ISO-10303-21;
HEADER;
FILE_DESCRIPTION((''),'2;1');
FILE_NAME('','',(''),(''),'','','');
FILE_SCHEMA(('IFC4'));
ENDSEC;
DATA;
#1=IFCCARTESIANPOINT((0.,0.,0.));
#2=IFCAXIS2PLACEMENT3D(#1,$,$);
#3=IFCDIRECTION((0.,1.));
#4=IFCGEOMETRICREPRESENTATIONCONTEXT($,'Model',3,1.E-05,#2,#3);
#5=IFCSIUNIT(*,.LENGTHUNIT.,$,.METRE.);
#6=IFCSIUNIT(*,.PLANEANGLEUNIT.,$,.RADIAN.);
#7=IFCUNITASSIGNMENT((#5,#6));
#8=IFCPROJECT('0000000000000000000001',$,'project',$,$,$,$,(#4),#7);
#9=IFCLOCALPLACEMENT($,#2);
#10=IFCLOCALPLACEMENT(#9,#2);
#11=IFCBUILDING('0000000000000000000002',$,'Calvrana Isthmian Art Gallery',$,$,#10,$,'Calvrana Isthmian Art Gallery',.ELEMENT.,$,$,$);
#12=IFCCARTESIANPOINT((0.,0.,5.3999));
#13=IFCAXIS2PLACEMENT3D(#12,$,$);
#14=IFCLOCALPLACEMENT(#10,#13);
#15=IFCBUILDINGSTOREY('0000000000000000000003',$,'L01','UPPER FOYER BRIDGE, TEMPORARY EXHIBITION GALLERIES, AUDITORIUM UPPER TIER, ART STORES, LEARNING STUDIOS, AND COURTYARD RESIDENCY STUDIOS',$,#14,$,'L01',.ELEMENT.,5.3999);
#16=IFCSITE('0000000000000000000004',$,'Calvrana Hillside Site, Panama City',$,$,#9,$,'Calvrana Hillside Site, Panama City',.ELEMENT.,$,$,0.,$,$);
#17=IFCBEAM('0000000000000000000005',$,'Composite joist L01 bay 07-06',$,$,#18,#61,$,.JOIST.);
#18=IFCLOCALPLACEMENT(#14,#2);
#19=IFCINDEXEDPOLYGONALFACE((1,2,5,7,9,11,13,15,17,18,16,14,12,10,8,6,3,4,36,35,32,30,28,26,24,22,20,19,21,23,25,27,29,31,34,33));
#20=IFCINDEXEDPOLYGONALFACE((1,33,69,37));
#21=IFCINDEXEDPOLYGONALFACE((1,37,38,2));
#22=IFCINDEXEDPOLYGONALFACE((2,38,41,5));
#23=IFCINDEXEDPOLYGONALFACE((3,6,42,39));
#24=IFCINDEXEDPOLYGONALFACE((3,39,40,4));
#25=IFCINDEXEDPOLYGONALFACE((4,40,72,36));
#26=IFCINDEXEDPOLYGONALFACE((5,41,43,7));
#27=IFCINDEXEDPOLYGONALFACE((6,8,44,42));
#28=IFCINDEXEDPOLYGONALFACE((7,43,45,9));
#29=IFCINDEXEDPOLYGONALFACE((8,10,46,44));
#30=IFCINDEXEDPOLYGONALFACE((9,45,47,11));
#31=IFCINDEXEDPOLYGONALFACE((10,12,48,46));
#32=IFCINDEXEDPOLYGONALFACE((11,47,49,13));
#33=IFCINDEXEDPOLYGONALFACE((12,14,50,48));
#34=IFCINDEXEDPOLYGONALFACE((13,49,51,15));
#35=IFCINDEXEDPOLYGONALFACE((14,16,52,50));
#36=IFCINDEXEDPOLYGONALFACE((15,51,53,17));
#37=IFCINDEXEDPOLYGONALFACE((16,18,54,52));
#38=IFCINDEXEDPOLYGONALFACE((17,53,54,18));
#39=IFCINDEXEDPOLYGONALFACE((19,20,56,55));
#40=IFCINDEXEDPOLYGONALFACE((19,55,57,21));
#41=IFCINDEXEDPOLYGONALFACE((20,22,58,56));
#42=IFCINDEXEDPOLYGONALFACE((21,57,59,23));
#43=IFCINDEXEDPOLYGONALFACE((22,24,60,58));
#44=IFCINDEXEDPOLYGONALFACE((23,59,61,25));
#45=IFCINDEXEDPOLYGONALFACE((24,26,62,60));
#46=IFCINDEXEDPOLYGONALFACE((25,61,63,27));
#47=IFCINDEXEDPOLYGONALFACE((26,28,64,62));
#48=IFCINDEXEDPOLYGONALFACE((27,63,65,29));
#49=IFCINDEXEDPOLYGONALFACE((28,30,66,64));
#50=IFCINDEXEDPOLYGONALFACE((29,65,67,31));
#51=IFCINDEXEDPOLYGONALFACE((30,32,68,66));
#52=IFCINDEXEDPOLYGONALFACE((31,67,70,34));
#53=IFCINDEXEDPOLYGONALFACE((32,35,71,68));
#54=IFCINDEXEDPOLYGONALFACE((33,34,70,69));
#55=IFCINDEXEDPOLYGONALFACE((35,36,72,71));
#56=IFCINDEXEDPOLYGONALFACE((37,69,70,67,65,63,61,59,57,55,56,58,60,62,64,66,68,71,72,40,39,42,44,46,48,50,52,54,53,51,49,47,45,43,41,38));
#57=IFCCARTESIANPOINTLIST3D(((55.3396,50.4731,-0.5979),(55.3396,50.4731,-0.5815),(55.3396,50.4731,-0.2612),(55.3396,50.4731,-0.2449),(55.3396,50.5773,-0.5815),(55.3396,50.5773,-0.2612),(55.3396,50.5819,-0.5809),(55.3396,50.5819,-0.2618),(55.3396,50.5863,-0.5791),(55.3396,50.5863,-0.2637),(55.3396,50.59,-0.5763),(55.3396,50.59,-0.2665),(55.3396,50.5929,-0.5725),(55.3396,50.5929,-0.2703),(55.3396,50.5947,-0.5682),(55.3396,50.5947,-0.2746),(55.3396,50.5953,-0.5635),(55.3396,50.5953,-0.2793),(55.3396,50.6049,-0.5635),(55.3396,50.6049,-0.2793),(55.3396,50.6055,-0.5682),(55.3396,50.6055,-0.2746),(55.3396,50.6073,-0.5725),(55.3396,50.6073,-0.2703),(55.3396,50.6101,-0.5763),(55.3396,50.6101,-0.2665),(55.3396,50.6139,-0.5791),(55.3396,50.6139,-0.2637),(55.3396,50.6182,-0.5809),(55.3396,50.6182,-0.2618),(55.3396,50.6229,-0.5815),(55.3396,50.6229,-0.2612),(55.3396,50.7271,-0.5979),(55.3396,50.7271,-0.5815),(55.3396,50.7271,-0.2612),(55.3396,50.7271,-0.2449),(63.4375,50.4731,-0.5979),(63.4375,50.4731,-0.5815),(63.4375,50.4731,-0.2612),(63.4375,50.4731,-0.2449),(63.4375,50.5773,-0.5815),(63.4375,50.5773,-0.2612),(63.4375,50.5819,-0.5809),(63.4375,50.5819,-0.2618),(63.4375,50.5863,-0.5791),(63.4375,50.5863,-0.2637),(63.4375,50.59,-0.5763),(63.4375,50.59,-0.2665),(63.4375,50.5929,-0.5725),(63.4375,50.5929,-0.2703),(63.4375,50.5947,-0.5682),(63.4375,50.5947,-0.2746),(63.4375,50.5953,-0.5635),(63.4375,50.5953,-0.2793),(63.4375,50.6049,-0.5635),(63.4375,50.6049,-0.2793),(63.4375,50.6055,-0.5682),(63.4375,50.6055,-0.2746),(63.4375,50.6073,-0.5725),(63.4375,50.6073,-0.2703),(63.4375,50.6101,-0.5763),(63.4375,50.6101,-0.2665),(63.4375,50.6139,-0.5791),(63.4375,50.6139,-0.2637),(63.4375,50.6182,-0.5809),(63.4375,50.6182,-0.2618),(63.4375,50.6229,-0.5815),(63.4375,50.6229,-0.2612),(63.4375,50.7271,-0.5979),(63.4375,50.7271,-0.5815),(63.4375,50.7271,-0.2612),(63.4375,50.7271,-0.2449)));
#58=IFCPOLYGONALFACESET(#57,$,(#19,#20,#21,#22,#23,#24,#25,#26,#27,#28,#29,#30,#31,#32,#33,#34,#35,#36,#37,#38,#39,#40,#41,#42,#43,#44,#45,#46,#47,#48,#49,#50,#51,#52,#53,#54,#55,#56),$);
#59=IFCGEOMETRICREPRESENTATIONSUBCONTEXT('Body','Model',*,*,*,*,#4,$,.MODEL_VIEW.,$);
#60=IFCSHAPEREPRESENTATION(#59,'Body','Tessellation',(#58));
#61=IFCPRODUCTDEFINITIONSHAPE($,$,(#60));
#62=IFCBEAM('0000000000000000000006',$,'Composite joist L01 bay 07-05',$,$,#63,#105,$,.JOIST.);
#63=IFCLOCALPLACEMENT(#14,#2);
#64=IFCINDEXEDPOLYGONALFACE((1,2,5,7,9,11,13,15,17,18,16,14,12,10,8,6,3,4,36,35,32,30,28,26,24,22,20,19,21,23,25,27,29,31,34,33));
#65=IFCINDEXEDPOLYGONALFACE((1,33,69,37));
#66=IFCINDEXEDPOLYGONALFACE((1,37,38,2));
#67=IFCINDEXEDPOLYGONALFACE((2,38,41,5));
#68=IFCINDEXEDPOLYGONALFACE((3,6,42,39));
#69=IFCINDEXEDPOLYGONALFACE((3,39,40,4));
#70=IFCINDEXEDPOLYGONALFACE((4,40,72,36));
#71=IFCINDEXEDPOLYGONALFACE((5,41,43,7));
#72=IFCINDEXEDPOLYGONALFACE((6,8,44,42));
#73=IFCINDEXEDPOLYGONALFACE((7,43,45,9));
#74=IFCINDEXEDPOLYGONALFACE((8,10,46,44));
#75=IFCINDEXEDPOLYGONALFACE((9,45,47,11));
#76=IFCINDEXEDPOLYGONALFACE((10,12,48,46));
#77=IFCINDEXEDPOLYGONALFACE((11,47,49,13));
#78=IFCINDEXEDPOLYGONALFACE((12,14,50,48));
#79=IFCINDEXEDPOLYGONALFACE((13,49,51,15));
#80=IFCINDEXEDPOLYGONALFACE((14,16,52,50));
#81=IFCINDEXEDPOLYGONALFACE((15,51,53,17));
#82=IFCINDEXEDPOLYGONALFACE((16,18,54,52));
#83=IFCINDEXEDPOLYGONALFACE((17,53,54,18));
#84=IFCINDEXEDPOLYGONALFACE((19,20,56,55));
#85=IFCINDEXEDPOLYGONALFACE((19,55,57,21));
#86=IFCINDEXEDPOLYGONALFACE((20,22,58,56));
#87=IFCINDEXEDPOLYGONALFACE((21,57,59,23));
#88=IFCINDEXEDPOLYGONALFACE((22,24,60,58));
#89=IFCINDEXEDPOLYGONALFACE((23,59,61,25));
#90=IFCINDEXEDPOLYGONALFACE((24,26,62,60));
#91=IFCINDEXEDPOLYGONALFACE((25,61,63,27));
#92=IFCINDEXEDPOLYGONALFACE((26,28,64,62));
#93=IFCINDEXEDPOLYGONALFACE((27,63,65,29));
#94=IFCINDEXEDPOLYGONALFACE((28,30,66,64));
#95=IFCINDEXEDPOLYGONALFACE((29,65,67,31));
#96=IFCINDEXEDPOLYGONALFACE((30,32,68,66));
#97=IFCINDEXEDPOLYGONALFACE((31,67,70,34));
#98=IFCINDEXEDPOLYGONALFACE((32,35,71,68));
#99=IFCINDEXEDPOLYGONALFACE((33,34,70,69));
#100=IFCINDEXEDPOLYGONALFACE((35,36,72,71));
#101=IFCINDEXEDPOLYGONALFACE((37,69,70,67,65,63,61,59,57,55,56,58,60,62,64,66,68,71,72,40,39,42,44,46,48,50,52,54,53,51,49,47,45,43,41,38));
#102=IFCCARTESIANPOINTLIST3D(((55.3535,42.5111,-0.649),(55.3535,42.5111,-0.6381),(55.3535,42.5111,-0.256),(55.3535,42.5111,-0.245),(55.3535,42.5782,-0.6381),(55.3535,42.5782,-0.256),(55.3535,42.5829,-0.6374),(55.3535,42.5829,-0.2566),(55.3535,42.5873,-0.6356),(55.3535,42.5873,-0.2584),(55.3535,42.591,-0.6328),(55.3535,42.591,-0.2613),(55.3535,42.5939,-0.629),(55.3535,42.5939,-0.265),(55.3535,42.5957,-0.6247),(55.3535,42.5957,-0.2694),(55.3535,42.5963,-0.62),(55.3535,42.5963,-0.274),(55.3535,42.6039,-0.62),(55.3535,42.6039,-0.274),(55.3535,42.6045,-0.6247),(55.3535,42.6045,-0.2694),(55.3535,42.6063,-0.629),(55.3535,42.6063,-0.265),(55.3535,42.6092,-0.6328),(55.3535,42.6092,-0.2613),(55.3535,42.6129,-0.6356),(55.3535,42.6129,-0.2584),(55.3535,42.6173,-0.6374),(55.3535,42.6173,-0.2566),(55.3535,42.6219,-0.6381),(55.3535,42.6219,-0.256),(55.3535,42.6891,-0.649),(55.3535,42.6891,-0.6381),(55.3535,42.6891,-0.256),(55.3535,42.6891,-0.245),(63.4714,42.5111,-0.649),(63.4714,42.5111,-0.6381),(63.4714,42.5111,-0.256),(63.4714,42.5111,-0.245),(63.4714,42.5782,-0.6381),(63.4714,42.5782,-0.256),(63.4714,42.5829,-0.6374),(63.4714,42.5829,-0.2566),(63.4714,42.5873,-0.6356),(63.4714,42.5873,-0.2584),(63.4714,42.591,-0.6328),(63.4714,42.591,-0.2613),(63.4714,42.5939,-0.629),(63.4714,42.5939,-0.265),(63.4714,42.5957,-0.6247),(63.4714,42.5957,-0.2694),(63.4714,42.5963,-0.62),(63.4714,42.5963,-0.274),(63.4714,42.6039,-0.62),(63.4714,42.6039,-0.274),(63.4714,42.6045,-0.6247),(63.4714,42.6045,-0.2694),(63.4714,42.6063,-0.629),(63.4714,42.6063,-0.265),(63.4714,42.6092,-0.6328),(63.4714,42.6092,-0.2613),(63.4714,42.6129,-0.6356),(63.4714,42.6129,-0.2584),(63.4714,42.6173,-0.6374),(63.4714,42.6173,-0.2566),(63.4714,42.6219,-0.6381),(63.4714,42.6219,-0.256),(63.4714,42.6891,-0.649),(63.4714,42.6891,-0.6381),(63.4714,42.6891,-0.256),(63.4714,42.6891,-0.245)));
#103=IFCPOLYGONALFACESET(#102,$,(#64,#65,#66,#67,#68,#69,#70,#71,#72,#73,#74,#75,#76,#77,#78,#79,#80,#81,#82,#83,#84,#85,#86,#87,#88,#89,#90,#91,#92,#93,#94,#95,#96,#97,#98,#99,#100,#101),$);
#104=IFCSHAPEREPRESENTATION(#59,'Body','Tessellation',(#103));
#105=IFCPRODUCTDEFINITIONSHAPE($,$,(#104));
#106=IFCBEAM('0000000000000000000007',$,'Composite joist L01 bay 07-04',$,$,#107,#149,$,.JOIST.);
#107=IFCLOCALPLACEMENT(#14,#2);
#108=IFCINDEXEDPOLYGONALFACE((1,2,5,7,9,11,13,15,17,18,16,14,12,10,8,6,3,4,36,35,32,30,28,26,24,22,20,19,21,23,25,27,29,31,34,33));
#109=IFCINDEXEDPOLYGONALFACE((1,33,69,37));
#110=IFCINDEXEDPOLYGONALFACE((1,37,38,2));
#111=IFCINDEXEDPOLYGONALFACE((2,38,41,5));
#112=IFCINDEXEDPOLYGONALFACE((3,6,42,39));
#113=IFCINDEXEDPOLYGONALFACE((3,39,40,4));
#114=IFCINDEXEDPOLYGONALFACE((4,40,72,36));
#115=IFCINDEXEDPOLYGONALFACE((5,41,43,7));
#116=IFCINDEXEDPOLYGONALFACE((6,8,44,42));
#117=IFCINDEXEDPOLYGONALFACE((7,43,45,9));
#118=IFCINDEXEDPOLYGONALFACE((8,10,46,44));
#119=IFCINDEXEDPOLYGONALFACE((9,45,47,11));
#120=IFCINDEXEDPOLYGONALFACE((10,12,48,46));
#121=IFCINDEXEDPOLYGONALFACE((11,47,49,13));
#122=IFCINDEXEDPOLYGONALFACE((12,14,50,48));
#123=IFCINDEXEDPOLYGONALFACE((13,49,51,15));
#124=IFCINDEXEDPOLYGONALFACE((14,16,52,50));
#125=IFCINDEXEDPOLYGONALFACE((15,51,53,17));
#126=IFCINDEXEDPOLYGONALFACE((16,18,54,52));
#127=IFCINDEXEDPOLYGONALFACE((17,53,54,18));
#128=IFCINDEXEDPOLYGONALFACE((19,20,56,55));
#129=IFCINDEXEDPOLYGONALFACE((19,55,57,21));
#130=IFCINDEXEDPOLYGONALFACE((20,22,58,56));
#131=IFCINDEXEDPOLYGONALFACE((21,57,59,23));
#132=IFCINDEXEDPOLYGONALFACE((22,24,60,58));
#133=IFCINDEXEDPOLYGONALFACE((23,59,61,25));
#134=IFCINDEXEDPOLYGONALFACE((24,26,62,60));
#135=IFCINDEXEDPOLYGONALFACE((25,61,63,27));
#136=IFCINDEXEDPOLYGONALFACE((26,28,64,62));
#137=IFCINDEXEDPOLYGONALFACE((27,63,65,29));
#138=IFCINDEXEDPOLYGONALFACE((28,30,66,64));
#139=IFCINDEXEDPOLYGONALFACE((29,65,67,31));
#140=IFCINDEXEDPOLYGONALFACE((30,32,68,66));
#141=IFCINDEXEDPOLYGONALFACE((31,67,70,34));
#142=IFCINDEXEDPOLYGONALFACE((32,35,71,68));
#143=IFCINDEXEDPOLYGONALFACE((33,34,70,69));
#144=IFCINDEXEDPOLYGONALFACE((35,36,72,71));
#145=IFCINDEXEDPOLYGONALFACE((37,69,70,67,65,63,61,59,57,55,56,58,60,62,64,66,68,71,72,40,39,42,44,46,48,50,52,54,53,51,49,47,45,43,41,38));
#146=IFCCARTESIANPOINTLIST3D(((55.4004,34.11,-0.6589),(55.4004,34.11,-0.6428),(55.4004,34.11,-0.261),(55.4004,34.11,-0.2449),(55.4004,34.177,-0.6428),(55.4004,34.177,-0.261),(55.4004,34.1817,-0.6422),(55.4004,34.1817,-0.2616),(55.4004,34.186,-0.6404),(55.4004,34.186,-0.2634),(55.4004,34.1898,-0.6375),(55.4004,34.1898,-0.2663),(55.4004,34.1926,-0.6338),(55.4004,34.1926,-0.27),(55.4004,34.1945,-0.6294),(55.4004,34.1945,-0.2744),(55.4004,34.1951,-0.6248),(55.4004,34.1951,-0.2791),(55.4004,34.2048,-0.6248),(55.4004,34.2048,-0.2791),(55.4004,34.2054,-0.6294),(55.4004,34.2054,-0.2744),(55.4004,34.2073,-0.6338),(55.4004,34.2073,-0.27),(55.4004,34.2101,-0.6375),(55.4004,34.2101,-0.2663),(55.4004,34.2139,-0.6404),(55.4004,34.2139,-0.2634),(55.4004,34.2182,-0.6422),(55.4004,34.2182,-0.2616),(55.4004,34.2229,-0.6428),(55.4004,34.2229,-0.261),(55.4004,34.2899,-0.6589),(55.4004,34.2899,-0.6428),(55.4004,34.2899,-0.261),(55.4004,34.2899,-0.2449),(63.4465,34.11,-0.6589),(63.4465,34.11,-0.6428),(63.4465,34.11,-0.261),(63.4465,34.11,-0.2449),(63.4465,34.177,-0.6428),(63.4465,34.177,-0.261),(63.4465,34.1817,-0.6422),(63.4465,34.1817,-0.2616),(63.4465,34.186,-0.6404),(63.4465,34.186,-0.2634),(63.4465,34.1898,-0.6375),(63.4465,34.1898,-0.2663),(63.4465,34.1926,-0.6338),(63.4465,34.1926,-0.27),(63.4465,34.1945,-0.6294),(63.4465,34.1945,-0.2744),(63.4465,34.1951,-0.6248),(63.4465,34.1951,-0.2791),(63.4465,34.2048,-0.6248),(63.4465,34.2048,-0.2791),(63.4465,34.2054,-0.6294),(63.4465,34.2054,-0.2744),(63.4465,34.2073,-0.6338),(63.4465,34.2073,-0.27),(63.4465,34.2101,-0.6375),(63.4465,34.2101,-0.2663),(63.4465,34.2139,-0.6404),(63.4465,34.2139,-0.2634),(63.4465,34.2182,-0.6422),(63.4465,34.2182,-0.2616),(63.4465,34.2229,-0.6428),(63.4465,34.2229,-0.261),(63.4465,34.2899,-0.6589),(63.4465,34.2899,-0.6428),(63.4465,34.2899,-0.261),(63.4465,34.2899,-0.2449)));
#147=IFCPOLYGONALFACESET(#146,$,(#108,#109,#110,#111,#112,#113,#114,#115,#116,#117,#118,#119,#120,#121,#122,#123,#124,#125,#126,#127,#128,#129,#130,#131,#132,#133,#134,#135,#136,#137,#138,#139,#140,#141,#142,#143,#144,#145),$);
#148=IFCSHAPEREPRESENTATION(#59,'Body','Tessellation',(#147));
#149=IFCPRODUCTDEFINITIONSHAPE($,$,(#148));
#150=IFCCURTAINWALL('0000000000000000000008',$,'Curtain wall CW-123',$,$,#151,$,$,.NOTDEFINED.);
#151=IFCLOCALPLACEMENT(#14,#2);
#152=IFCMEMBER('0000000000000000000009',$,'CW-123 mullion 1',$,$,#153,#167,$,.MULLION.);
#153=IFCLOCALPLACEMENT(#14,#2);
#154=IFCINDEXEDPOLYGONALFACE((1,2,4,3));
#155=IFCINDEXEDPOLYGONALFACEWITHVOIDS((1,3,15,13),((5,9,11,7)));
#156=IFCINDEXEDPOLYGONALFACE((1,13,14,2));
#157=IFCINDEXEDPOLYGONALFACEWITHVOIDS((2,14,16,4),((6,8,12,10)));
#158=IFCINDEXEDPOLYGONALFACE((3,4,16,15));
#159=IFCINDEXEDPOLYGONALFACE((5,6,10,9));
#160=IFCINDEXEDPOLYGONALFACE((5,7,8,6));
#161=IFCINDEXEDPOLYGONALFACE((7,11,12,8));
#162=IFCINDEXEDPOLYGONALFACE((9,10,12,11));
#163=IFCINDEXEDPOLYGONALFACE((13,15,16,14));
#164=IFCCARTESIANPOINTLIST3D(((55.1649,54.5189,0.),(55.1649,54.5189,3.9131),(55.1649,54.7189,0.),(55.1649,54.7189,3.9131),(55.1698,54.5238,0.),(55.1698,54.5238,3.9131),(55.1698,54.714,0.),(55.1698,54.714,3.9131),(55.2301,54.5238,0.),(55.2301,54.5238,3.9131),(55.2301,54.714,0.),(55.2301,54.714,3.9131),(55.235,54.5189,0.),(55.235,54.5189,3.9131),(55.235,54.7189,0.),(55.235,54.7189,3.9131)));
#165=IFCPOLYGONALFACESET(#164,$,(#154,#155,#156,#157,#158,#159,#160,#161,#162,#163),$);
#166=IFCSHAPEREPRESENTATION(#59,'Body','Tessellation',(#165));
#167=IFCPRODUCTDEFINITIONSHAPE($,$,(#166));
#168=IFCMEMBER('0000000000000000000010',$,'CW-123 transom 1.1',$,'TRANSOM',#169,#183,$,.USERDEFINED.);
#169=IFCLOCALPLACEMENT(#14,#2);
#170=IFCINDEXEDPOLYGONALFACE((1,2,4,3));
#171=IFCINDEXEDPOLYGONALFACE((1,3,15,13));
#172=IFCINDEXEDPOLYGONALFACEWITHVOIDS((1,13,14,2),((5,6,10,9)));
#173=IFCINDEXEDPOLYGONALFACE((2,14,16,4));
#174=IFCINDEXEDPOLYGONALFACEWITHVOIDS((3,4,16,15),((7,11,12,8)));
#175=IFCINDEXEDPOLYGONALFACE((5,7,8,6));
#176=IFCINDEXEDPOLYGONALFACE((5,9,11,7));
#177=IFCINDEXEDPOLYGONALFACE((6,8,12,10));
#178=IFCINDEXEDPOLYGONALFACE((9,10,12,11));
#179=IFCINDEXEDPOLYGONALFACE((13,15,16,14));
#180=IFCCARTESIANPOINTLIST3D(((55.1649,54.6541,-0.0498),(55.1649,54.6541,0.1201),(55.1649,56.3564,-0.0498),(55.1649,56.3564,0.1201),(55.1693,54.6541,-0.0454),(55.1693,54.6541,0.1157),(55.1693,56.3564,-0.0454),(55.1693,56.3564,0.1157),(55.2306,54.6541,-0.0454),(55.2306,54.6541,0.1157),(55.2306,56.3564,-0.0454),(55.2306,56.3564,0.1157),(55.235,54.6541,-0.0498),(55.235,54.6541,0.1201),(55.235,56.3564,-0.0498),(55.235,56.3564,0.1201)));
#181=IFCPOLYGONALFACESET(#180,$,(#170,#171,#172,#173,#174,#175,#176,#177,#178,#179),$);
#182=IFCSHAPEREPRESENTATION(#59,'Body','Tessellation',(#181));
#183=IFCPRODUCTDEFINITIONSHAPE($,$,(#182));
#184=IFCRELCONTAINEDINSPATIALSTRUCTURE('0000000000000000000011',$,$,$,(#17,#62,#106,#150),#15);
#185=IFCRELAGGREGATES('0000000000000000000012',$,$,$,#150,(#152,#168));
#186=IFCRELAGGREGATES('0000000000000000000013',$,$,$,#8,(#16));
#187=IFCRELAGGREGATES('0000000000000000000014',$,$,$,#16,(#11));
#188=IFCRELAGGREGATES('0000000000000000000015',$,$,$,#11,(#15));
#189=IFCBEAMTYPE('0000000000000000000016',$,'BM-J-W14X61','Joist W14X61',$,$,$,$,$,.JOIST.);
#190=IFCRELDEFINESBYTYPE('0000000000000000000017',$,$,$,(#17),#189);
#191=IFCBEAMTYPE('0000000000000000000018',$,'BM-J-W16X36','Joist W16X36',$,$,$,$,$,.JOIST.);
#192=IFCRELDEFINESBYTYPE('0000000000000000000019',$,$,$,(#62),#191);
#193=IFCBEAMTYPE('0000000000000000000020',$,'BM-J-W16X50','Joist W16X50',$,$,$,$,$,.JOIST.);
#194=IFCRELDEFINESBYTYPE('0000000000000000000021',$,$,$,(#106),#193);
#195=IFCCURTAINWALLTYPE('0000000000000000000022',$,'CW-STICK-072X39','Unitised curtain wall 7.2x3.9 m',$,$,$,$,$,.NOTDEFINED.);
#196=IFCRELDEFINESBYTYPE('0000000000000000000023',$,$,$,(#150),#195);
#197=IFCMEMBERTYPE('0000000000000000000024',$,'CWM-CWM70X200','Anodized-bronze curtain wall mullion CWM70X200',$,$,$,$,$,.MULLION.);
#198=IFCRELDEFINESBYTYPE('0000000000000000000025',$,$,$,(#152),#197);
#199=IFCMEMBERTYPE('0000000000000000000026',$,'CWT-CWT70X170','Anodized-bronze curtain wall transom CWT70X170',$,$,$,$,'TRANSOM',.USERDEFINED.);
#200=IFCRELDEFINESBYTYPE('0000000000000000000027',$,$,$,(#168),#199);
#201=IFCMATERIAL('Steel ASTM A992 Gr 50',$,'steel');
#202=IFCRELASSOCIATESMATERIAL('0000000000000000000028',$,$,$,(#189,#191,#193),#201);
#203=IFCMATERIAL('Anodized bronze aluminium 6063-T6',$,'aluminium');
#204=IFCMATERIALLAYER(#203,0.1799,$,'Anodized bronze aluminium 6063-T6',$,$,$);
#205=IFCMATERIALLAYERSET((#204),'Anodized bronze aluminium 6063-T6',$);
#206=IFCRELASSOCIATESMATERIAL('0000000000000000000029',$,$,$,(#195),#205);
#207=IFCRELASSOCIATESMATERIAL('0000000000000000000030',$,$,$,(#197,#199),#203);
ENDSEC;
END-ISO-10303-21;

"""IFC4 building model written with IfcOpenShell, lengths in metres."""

from ifc_helpers import new_model, si_unit, direction, frame, origin, origin_2d, place, context, subcontext, project, spatial, hollow_rectangle, i_section, extrude, material, layer, layer_set, material_profile, profile_set, type_object, element, aggregate, save


model = new_model("IFC4")

# Units and contexts
model_context = context("Model", 3, precision=1e-05, world=origin(), true_north=direction((0.0, 1.0)))
body_context = subcontext(model_context, "Body", "Model", "MODEL_VIEW")
ifc_project = project(units=[si_unit("LENGTHUNIT", "METRE"), si_unit("PLANEANGLEUNIT", "RADIAN")], contexts=[model_context])

# Site, building, storey
site_placement = place(None, origin())
site = spatial("IfcSite", under=ifc_project, at=site_placement, Name="Calvrana Hillside Site, Panama City", LongName="Calvrana Hillside Site, Panama City", CompositionType="ELEMENT", RefElevation=0.0)
building_placement = place(site_placement, origin())
building = spatial("IfcBuilding", under=site, at=building_placement, Name="Calvrana Isthmian Art Gallery", LongName="Calvrana Isthmian Art Gallery", CompositionType="ELEMENT")
storey_placement = place(building_placement, frame((0.0, 0.0, 5.3999)))
storey = spatial("IfcBuildingStorey", under=building, at=storey_placement, Name="L01", Description="UPPER FOYER BRIDGE, TEMPORARY EXHIBITION GALLERIES, AUDITORIUM UPPER TIER, ART STORES, LEARNING STUDIOS, AND COURTYARD RESIDENCY STUDIOS", LongName="L01", CompositionType="ELEMENT", Elevation=5.3999)

# Shared definitions
ifc_material_1 = material(Name="Steel ASTM A992 Gr 50", Category="steel")

# Beams
ifc_material_profile_1 = material_profile(ifc_material_1, i_section(OverallWidth=0.2539, OverallDepth=0.353, WebThickness=0.0095, FlangeThickness=0.0164, FilletRadius=0.0181, at=origin_2d()), Name="W14X61")
ifc_profile_set_1 = profile_set([ifc_material_profile_1], Name="Steel ASTM A992 Gr 50")
beam_type_1 = type_object("IfcBeamType", Name="BM-J-W14X61", Description="Joist W14X61", PredefinedType="JOIST", material=ifc_profile_set_1)
beam_1_placement = place(storey_placement, frame((55.3396, 50.6001, -0.4214), z_axis=(1.0, 0.0, 0.0), x_axis=(0.0, 1.0, 0.0)))
element("IfcBeam", 1, at=beam_1_placement, inside=storey, type_object=beam_type_1, Name="Composite joist L01 bay 07-06", PredefinedType="JOIST", context=body_context, shape_type="SweptSolid", body=[
    extrude(i_section(OverallWidth=0.2539, OverallDepth=0.353, WebThickness=0.0095, FlangeThickness=0.0164, FilletRadius=0.0181, at=origin_2d()), origin(), (0.0, 0.0, 1.0), 8.0979),
])
ifc_material_profile_2 = material_profile(ifc_material_1, i_section(OverallWidth=0.178, OverallDepth=0.4041, WebThickness=0.0076, FlangeThickness=0.011, FilletRadius=0.0181, at=origin_2d()), Name="W16X36")
ifc_profile_set_2 = profile_set([ifc_material_profile_2], Name="Steel ASTM A992 Gr 50")
beam_type_2 = type_object("IfcBeamType", Name="BM-J-W16X36", Description="Joist W16X36", PredefinedType="JOIST", material=ifc_profile_set_2)
beam_2_placement = place(storey_placement, frame((55.3535, 42.6001, -0.447), z_axis=(1.0, 0.0, 0.0), x_axis=(0.0, 1.0, 0.0)))
element("IfcBeam", 2, at=beam_2_placement, inside=storey, type_object=beam_type_2, Name="Composite joist L01 bay 07-05", PredefinedType="JOIST", context=body_context, shape_type="SweptSolid", body=[
    extrude(i_section(OverallWidth=0.178, OverallDepth=0.4041, WebThickness=0.0076, FlangeThickness=0.011, FilletRadius=0.0181, at=origin_2d()), origin(), (0.0, 0.0, 1.0), 8.1179),
])
ifc_material_profile_3 = material_profile(ifc_material_1, i_section(OverallWidth=0.1799, OverallDepth=0.4141, WebThickness=0.0098, FlangeThickness=0.0161, FilletRadius=0.0181, at=origin_2d()), Name="W16X50")
ifc_profile_set_3 = profile_set([ifc_material_profile_3], Name="Steel ASTM A992 Gr 50")
beam_type_3 = type_object("IfcBeamType", Name="BM-J-W16X50", Description="Joist W16X50", PredefinedType="JOIST", material=ifc_profile_set_3)
beam_3_placement = place(storey_placement, frame((55.4004, 34.2, -0.4519), z_axis=(1.0, 0.0, 0.0), x_axis=(0.0, 1.0, 0.0)))
element("IfcBeam", 3, at=beam_3_placement, inside=storey, type_object=beam_type_3, Name="Composite joist L01 bay 07-04", PredefinedType="JOIST", context=body_context, shape_type="SweptSolid", body=[
    extrude(i_section(OverallWidth=0.1799, OverallDepth=0.4141, WebThickness=0.0098, FlangeThickness=0.0161, FilletRadius=0.0181, at=origin_2d()), origin(), (0.0, 0.0, 1.0), 8.0461),
])

# Curtain wall, members
ifc_material_2 = material(Name="Anodized bronze aluminium 6063-T6", Category="aluminium")
ifc_layer_1 = layer(ifc_material_2, 0.1799, Name="Anodized bronze aluminium 6063-T6")
ifc_layer_set_1 = layer_set([ifc_layer_1], Name="Anodized bronze aluminium 6063-T6")
curtain_wall_type = type_object("IfcCurtainWallType", Name="CW-STICK-072X39", Description="Unitised curtain wall 7.2x3.9 m", PredefinedType="NOTDEFINED", material=ifc_layer_set_1)
curtain_wall_placement = place(storey_placement, origin())
curtain_wall = element("IfcCurtainWall", 4, at=curtain_wall_placement, inside=storey, type_object=curtain_wall_type, Name="Curtain wall CW-123", PredefinedType="NOTDEFINED")
ifc_material_profile_4 = material_profile(ifc_material_2, hollow_rectangle(XDim=0.0701, YDim=0.2, WallThickness=0.0049, at=origin_2d()), Name="CWM70X200")
ifc_profile_set_4 = profile_set([ifc_material_profile_4], Name="Anodized bronze aluminium 6063-T6")
member_type_1 = type_object("IfcMemberType", Name="CWM-CWM70X200", Description="Anodized-bronze curtain wall mullion CWM70X200", PredefinedType="MULLION", material=ifc_profile_set_4)
member_1_placement = place(storey_placement, frame((55.2, 54.6189, 0.0), z_axis=(0.0, 0.0, 1.0), x_axis=(-1.0, 0.0, 0.0)))
member_1 = element("IfcMember", 5, at=member_1_placement, type_object=member_type_1, Name="CW-123 mullion 1", PredefinedType="MULLION", context=body_context, shape_type="SweptSolid", body=[
    extrude(hollow_rectangle(XDim=0.0701, YDim=0.2, WallThickness=0.0049, at=origin_2d()), origin(), (0.0, 0.0, 1.0), 3.9131),
])
ifc_material_profile_5 = material_profile(ifc_material_2, hollow_rectangle(XDim=0.0701, YDim=0.1699, WallThickness=0.0044, at=origin_2d()), Name="CWT70X170")
ifc_profile_set_5 = profile_set([ifc_material_profile_5], Name="Anodized bronze aluminium 6063-T6")
member_type_2 = type_object("IfcMemberType", Name="CWT-CWT70X170", Description="Anodized-bronze curtain wall transom CWT70X170", ElementType="TRANSOM", PredefinedType="USERDEFINED", material=ifc_profile_set_5)
member_2_placement = place(storey_placement, frame((55.2, 54.6541, 0.0352), z_axis=(0.0, 1.0, 0.0), x_axis=(-1.0, 0.0, 0.0)))
member_2 = element("IfcMember", 6, at=member_2_placement, type_object=member_type_2, Name="CW-123 transom 1.1", ObjectType="TRANSOM", PredefinedType="USERDEFINED", context=body_context, shape_type="SweptSolid", body=[
    extrude(hollow_rectangle(XDim=0.0701, YDim=0.1699, WallThickness=0.0044, at=origin_2d()), origin(), (0.0, 0.0, 1.0), 1.7024),
])
aggregate(curtain_wall, [member_1, member_2])

save(model, "model.ifc")
